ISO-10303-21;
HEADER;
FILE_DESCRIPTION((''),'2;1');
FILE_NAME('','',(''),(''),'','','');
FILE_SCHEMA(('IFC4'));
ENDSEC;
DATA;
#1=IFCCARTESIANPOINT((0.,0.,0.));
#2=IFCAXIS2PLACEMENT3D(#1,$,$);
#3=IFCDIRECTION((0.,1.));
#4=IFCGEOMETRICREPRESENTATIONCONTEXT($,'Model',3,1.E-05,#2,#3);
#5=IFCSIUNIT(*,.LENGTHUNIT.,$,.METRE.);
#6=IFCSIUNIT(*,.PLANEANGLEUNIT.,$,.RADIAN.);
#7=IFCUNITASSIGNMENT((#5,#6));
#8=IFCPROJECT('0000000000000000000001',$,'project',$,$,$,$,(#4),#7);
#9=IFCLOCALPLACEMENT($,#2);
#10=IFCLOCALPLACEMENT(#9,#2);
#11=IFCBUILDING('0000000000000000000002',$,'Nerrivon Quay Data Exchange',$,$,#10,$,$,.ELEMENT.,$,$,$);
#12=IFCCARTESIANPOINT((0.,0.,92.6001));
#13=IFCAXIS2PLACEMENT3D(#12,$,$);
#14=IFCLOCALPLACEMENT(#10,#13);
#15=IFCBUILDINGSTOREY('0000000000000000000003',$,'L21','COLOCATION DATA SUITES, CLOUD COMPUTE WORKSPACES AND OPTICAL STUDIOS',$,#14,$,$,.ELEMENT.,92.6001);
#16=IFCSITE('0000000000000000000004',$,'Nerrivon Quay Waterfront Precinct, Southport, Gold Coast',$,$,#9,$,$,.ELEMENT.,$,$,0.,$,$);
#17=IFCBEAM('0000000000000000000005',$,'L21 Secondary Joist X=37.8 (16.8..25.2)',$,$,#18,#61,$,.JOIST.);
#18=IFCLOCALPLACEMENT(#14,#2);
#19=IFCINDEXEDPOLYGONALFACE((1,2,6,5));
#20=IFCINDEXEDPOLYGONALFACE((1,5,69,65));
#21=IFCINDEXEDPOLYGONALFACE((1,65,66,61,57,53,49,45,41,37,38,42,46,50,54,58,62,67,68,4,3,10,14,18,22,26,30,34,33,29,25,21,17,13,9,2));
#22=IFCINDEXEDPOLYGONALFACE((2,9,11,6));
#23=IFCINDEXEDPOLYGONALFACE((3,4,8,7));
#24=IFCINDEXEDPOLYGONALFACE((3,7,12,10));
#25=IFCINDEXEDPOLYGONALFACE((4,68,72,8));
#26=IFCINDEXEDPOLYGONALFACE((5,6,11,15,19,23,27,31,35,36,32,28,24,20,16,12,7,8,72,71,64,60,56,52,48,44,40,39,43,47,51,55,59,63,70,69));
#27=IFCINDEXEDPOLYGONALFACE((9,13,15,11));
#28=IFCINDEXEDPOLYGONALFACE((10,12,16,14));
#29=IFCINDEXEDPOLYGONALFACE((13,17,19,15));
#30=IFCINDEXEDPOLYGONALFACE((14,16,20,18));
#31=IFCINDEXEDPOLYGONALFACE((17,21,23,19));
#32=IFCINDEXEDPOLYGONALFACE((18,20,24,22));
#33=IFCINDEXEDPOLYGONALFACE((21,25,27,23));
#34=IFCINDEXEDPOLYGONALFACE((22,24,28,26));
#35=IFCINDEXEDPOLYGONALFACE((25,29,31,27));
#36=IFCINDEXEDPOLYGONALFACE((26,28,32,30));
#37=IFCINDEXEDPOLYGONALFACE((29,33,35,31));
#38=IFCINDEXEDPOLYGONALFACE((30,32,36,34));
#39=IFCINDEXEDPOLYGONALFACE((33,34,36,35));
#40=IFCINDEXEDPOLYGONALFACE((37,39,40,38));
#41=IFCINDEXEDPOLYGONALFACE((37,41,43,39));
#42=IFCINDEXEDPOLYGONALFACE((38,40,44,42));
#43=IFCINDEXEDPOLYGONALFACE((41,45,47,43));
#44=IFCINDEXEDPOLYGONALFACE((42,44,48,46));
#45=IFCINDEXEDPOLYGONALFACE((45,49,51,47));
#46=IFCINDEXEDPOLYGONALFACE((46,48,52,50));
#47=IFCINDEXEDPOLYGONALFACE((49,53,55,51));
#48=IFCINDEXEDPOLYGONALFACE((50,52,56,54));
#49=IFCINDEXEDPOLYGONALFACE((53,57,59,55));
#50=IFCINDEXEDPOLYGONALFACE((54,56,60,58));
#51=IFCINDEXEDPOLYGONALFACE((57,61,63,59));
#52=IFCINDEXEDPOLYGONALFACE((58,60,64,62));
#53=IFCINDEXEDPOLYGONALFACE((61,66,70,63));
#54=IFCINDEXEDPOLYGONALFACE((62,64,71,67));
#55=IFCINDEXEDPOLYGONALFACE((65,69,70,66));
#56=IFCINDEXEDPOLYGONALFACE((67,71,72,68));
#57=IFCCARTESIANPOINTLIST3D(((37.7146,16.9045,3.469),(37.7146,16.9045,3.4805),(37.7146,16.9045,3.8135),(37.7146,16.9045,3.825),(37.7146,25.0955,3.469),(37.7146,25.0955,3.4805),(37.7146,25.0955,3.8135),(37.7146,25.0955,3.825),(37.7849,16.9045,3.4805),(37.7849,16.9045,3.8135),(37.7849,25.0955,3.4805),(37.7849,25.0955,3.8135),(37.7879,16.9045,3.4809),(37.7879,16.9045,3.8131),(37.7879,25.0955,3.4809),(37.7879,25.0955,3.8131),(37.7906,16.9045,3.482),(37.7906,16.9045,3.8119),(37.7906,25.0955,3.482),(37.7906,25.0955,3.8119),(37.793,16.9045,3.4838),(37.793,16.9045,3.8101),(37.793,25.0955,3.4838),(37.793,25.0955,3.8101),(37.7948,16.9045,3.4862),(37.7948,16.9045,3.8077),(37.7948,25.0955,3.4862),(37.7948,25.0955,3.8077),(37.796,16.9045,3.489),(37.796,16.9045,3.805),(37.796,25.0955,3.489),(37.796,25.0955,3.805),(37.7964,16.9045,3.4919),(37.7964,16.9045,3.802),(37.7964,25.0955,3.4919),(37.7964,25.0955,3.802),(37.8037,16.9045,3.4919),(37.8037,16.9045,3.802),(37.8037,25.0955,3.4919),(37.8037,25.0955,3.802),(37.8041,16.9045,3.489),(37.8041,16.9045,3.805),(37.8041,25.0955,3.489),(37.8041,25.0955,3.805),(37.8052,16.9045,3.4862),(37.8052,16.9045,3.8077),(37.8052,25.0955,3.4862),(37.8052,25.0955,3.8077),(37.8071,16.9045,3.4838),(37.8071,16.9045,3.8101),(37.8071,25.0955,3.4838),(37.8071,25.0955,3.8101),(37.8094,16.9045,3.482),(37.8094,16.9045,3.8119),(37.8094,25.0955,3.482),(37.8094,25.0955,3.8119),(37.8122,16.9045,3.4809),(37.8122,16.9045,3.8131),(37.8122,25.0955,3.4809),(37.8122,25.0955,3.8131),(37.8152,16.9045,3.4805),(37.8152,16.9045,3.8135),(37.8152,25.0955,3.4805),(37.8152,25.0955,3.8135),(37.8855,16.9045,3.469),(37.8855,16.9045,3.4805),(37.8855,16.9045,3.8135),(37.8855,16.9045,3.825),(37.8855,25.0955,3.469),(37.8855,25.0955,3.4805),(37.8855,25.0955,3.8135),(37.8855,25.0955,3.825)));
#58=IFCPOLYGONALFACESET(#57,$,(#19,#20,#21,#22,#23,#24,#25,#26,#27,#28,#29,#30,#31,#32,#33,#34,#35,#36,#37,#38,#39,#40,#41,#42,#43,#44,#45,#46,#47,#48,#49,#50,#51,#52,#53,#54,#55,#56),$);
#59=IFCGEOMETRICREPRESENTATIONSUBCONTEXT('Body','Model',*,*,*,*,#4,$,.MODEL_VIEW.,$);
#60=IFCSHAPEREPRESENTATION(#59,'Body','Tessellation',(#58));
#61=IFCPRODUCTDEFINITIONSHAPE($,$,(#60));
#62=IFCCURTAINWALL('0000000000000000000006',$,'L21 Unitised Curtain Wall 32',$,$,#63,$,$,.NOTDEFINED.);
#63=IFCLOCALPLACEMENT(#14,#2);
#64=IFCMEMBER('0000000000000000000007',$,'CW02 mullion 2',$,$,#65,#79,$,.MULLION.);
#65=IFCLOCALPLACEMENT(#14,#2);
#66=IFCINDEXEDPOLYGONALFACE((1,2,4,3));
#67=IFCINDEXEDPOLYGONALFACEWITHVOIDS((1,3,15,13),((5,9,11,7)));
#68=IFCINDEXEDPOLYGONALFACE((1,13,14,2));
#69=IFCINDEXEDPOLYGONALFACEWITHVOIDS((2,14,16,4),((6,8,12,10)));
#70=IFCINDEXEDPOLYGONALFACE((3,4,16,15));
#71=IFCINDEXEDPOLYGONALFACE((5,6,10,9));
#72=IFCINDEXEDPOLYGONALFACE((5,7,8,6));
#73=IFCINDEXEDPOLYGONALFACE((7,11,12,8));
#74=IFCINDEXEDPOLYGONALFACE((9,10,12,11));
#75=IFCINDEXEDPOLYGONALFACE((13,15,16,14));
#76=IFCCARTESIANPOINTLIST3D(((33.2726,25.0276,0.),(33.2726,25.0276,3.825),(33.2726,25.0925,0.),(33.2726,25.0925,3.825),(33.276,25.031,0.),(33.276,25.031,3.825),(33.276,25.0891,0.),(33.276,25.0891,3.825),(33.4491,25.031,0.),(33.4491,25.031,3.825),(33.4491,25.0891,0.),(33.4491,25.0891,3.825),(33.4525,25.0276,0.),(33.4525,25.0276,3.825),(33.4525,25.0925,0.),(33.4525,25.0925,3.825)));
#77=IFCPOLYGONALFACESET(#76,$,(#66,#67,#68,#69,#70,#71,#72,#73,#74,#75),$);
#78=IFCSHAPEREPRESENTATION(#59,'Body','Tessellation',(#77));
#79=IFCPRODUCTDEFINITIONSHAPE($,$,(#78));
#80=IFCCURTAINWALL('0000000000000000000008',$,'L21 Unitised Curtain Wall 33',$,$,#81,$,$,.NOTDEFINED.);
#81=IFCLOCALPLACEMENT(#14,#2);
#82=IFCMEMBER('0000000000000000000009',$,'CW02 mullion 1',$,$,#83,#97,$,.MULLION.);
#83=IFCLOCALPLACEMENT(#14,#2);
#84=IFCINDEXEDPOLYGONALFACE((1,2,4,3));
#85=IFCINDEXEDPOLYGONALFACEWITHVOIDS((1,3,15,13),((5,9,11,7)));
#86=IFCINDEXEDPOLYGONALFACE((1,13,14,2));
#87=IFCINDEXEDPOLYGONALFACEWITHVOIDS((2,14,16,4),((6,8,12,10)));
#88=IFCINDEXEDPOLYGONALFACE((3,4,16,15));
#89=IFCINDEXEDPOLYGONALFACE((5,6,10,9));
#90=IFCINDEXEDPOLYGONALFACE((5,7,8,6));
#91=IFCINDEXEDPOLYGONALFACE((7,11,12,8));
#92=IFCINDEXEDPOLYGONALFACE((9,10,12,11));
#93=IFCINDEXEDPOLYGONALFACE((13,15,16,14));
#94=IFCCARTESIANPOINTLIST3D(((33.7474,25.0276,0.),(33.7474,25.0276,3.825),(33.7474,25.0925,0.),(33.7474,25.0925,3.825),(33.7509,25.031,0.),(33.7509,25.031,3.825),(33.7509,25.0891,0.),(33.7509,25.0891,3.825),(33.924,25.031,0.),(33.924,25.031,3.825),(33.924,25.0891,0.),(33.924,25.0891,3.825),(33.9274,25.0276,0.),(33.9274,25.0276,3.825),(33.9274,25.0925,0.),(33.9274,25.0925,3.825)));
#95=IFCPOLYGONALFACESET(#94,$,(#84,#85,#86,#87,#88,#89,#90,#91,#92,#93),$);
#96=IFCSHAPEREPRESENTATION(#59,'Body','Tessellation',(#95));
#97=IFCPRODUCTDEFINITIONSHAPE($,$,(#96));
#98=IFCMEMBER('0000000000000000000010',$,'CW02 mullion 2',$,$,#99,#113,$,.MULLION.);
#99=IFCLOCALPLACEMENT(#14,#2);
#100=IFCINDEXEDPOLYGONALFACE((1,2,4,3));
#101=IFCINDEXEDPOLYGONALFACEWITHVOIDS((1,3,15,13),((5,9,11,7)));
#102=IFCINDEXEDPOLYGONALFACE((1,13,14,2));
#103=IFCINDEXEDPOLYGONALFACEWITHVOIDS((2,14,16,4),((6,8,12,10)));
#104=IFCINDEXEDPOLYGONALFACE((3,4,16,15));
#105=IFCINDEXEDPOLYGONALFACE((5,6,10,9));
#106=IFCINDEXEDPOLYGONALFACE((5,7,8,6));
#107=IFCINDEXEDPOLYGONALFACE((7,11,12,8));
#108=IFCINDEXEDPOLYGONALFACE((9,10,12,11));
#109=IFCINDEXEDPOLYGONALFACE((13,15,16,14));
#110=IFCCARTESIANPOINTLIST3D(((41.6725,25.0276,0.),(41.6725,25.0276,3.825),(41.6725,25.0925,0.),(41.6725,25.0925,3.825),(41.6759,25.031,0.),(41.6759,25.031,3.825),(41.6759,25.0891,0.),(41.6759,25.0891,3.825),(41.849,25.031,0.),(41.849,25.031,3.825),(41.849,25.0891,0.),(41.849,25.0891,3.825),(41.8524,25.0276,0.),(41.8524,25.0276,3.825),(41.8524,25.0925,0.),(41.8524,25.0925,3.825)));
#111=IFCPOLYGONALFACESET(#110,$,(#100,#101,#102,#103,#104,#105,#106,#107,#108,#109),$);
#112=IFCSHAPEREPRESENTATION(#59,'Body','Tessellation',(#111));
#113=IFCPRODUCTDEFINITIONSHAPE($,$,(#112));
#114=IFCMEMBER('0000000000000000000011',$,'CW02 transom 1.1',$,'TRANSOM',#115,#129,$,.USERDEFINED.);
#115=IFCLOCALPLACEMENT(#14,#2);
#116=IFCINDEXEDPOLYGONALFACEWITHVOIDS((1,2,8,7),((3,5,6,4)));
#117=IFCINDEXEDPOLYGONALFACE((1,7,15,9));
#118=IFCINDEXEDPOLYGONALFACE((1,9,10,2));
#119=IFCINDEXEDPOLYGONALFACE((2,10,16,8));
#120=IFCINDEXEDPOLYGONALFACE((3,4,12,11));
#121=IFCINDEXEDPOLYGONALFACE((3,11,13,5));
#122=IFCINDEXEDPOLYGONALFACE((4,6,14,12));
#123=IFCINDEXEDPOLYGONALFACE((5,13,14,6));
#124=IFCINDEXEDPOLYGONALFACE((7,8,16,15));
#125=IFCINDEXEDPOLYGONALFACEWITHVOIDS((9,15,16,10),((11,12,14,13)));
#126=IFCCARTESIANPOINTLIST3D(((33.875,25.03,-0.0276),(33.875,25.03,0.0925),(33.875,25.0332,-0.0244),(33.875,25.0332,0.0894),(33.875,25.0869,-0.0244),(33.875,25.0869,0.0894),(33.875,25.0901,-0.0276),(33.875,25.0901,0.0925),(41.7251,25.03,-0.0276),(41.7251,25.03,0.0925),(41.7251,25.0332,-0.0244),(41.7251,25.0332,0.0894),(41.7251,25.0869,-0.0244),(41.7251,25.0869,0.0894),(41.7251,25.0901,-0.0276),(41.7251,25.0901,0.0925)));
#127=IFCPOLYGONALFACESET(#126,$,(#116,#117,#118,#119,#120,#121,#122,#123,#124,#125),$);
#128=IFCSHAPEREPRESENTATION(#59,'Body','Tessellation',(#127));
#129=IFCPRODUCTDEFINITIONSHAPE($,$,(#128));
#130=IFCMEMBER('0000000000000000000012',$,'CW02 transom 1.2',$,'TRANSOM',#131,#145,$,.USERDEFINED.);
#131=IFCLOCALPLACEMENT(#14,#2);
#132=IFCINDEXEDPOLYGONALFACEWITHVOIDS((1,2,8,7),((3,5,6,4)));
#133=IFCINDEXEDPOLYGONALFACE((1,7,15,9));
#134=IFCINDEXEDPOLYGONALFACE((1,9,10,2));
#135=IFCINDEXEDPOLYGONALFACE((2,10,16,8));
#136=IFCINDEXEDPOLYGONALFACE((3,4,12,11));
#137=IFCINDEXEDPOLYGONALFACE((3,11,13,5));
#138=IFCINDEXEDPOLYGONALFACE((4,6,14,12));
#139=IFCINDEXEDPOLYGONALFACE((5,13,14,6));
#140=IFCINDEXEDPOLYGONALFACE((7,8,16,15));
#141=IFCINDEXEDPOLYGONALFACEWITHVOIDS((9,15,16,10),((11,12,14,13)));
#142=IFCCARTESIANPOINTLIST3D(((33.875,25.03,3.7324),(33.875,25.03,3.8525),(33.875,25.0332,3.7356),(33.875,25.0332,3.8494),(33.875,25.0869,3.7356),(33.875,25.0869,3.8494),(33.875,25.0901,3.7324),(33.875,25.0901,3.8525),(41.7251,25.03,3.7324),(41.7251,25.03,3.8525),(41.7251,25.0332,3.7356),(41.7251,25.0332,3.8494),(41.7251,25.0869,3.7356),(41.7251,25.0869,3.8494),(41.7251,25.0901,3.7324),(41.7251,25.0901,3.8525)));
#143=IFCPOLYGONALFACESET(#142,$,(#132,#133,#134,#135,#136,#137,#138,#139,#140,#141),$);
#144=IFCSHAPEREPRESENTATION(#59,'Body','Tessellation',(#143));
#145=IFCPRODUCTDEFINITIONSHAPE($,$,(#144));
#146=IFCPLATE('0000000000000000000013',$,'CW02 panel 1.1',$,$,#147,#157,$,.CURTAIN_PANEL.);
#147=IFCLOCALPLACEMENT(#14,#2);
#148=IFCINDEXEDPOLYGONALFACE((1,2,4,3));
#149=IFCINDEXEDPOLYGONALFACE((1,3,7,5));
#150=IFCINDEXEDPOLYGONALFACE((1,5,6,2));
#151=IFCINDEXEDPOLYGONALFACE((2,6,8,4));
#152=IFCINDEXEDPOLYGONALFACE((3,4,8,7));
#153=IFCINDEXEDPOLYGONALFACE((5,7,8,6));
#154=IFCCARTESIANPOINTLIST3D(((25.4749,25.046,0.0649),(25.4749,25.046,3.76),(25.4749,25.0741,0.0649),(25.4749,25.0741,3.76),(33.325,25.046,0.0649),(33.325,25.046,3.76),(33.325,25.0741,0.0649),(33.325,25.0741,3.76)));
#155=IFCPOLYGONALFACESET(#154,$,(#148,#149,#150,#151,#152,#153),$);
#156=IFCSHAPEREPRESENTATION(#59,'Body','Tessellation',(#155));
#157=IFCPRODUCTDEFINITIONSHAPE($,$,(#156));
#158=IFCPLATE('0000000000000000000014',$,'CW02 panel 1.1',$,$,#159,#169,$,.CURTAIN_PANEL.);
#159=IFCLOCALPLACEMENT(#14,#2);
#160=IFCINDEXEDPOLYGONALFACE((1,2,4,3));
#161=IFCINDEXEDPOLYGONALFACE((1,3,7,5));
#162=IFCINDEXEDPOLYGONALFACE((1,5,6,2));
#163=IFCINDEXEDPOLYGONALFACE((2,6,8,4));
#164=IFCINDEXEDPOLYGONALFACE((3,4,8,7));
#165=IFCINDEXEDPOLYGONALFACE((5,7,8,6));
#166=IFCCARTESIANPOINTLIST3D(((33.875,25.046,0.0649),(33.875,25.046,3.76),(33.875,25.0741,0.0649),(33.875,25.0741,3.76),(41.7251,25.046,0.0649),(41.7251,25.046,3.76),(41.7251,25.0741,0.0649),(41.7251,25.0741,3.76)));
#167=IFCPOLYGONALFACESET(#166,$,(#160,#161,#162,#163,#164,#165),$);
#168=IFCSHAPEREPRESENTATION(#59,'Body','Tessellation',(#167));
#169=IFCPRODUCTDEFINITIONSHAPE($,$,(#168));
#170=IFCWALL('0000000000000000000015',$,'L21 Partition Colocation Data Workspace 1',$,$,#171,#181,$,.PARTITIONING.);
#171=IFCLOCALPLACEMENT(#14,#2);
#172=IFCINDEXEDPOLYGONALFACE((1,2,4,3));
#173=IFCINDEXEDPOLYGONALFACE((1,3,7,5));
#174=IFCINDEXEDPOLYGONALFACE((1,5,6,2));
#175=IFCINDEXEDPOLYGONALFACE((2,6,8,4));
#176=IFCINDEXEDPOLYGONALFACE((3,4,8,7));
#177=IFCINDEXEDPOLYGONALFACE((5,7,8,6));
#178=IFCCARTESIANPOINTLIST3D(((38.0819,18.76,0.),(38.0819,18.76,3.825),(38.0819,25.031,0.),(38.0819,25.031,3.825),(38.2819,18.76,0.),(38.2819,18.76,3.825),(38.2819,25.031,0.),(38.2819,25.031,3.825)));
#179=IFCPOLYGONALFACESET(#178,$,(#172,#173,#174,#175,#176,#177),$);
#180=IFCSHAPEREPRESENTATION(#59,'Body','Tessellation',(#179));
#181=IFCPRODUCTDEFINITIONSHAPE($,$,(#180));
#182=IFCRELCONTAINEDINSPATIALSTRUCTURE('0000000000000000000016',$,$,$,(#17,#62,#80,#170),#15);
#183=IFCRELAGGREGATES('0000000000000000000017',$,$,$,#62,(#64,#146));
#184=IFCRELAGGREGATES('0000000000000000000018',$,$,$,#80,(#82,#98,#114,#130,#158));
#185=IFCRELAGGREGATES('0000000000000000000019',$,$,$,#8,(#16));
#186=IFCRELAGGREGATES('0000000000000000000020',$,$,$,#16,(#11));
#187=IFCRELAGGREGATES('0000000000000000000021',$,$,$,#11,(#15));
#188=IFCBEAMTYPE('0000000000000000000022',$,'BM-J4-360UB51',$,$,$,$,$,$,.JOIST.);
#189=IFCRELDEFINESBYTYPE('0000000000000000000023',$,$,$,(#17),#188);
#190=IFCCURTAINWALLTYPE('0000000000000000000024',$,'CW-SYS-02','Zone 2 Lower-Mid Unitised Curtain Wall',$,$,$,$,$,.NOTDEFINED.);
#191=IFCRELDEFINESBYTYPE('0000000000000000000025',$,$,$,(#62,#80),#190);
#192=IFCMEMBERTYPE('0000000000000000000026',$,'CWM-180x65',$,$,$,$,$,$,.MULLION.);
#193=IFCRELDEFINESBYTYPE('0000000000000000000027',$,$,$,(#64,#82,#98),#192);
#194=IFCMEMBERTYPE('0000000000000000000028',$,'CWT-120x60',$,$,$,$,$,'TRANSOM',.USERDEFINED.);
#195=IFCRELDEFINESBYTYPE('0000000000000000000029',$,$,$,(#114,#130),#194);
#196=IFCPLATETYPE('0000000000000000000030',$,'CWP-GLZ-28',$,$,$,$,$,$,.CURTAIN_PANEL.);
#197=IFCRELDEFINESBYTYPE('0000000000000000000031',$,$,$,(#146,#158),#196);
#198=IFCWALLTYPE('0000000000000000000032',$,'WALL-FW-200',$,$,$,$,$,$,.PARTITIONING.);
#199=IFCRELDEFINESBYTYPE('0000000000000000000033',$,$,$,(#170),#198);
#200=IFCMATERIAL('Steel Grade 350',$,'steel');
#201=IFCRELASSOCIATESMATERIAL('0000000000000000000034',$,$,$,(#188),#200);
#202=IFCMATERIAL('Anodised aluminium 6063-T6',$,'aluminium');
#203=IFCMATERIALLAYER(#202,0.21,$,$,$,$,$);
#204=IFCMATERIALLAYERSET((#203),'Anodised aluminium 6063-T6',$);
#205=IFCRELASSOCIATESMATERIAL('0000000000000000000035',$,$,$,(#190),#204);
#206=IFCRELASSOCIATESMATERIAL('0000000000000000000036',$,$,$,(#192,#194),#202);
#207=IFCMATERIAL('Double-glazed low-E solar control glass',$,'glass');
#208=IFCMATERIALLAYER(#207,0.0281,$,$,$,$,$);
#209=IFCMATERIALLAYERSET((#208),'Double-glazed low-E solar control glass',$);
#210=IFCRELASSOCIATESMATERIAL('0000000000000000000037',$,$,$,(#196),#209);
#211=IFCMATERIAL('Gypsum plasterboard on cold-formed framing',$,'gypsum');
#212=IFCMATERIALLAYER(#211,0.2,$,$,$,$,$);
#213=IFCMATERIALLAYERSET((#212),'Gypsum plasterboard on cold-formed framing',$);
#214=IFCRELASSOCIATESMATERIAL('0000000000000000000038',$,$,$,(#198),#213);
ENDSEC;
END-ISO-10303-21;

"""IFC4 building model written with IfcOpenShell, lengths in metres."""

from ifc_helpers import new_model, si_unit, direction, frame, frame_2d, origin, origin_2d, place, context, subcontext, project, spatial, rectangle, hollow_rectangle, i_section, extrude, material, layer, layer_set, material_profile, profile_set, type_object, element, aggregate, save


model = new_model("IFC4")

# Units and contexts
model_context = context("Model", 3, precision=1e-05, world=origin(), true_north=direction((0.0, 1.0)))
body_context = subcontext(model_context, "Body", "Model", "MODEL_VIEW")
ifc_project = project(units=[si_unit("LENGTHUNIT", "METRE"), si_unit("PLANEANGLEUNIT", "RADIAN")], contexts=[model_context])

# Site, building, storey
site_placement = place(None, origin())
site = spatial("IfcSite", under=ifc_project, at=site_placement, Name="Nerrivon Quay Waterfront Precinct, Southport, Gold Coast", CompositionType="ELEMENT", RefElevation=0.0)
building_placement = place(site_placement, origin())
building = spatial("IfcBuilding", under=site, at=building_placement, Name="Nerrivon Quay Data Exchange", CompositionType="ELEMENT")
storey_placement = place(building_placement, frame((0.0, 0.0, 92.6001)))
storey = spatial("IfcBuildingStorey", under=building, at=storey_placement, Name="L21", Description="COLOCATION DATA SUITES, CLOUD COMPUTE WORKSPACES AND OPTICAL STUDIOS", CompositionType="ELEMENT", Elevation=92.6001)

# Shared definitions
ifc_material_1 = material(Name="Steel Grade 350", Category="steel")

# Beam
ifc_material_profile_1 = material_profile(ifc_material_1, i_section(OverallWidth=0.1709, OverallDepth=0.356, WebThickness=0.0073, FlangeThickness=0.0115, FilletRadius=0.0115, at=origin_2d()), Name="360UB50.7")
ifc_profile_set_1 = profile_set([ifc_material_profile_1], Name="Steel Grade 350")
beam_type_1 = type_object("IfcBeamType", Name="BM-J4-360UB51", PredefinedType="JOIST", material=ifc_profile_set_1)
for number, where, z_axis, x_axis, name in (
    (1, (37.8, 16.9045, 3.647), (0.0, 1.0, 0.0), (-1.0, 0.0, 0.0), "L21 Secondary Joist X=37.8 (16.8..25.2)"),
):
    element("IfcBeam", number, at=place(storey_placement, frame(where, z_axis=z_axis, x_axis=x_axis)), inside=storey, type_object=beam_type_1, Name=name, PredefinedType="JOIST", context=body_context, shape_type="SweptSolid", body=[
        extrude(i_section(OverallWidth=0.1709, OverallDepth=0.356, WebThickness=0.0073, FlangeThickness=0.0115, FilletRadius=0.0115, at=origin_2d()), origin(), (0.0, 0.0, 1.0), 8.1909),
    ])

# Curtain wall, member
ifc_material_2 = material(Name="Anodised aluminium 6063-T6", Category="aluminium")
ifc_layer_1 = layer(ifc_material_2, 0.21)
ifc_layer_set_1 = layer_set([ifc_layer_1], Name="Anodised aluminium 6063-T6")
curtain_wall_type = type_object("IfcCurtainWallType", Name="CW-SYS-02", Description="Zone 2 Lower-Mid Unitised Curtain Wall", PredefinedType="NOTDEFINED", material=ifc_layer_set_1)
curtain_wall_1_placement = place(storey_placement, origin())
curtain_wall_1 = element("IfcCurtainWall", 2, at=curtain_wall_1_placement, inside=storey, type_object=curtain_wall_type, Name="L21 Unitised Curtain Wall 32", PredefinedType="NOTDEFINED")
ifc_material_profile_2 = material_profile(ifc_material_2, hollow_rectangle(XDim=0.0649, YDim=0.1799, WallThickness=0.0034, at=origin_2d()), Name="ALU-MULL-180x65")
ifc_profile_set_2 = profile_set([ifc_material_profile_2], Name="Anodised aluminium 6063-T6")
member_type_1 = type_object("IfcMemberType", Name="CWM-180x65", PredefinedType="MULLION", material=ifc_profile_set_2)
member_1_placement = place(storey_placement, frame((33.3625, 25.0601, 0.0), z_axis=(0.0, 0.0, 1.0), x_axis=(0.0, 1.0, 0.0)))
member_1 = element("IfcMember", 3, at=member_1_placement, type_object=member_type_1, Name="CW02 mullion 2", PredefinedType="MULLION", context=body_context, shape_type="SweptSolid", body=[
    extrude(hollow_rectangle(XDim=0.0649, YDim=0.1799, WallThickness=0.0034, at=origin_2d()), origin(), (0.0, 0.0, 1.0), 3.825),
])

# Curtain wall, members
curtain_wall_2_placement = place(storey_placement, origin())
curtain_wall_2 = element("IfcCurtainWall", 4, at=curtain_wall_2_placement, inside=storey, type_object=curtain_wall_type, Name="L21 Unitised Curtain Wall 33", PredefinedType="NOTDEFINED")
member_2_placement = place(storey_placement, frame((33.8374, 25.0601, 0.0), z_axis=(0.0, 0.0, 1.0), x_axis=(0.0, 1.0, 0.0)))
member_2 = element("IfcMember", 5, at=member_2_placement, type_object=member_type_1, Name="CW02 mullion 1", PredefinedType="MULLION", context=body_context, shape_type="SweptSolid", body=[
    extrude(hollow_rectangle(XDim=0.0649, YDim=0.1799, WallThickness=0.0034, at=origin_2d()), origin(), (0.0, 0.0, 1.0), 3.825),
])
member_3_placement = place(storey_placement, frame((41.7625, 25.0601, 0.0), z_axis=(0.0, 0.0, 1.0), x_axis=(0.0, 1.0, 0.0)))
member_3 = element("IfcMember", 6, at=member_3_placement, type_object=member_type_1, Name="CW02 mullion 2", PredefinedType="MULLION", context=body_context, shape_type="SweptSolid", body=[
    extrude(hollow_rectangle(XDim=0.0649, YDim=0.1799, WallThickness=0.0034, at=origin_2d()), origin(), (0.0, 0.0, 1.0), 3.825),
])
ifc_material_profile_3 = material_profile(ifc_material_2, hollow_rectangle(XDim=0.0601, YDim=0.1201, WallThickness=0.0032, at=origin_2d()), Name="ALU-TRAN-120x60")
ifc_profile_set_3 = profile_set([ifc_material_profile_3], Name="Anodised aluminium 6063-T6")
member_type_2 = type_object("IfcMemberType", Name="CWT-120x60", ElementType="TRANSOM", PredefinedType="USERDEFINED", material=ifc_profile_set_3)
member_4_placement = place(storey_placement, frame((33.875, 25.0601, 0.0325), z_axis=(1.0, 0.0, 0.0), x_axis=(0.0, 1.0, 0.0)))
member_4 = element("IfcMember", 7, at=member_4_placement, type_object=member_type_2, Name="CW02 transom 1.1", ObjectType="TRANSOM", PredefinedType="USERDEFINED", context=body_context, shape_type="SweptSolid", body=[
    extrude(hollow_rectangle(XDim=0.0601, YDim=0.1201, WallThickness=0.0032, at=origin_2d()), origin(), (0.0, 0.0, 1.0), 7.8501),
])
member_5_placement = place(storey_placement, frame((33.875, 25.0601, 3.7925), z_axis=(1.0, 0.0, 0.0), x_axis=(0.0, 1.0, 0.0)))
member_5 = element("IfcMember", 8, at=member_5_placement, type_object=member_type_2, Name="CW02 transom 1.2", ObjectType="TRANSOM", PredefinedType="USERDEFINED", context=body_context, shape_type="SweptSolid", body=[
    extrude(hollow_rectangle(XDim=0.0601, YDim=0.1201, WallThickness=0.0032, at=origin_2d()), origin(), (0.0, 0.0, 1.0), 7.8501),
])

# Plates
ifc_material_3 = material(Name="Double-glazed low-E solar control glass", Category="glass")
ifc_layer_2 = layer(ifc_material_3, 0.0281)
ifc_layer_set_2 = layer_set([ifc_layer_2], Name="Double-glazed low-E solar control glass")
plate_type = type_object("IfcPlateType", Name="CWP-GLZ-28", PredefinedType="CURTAIN_PANEL", material=ifc_layer_set_2)
plate_1_placement = place(storey_placement, frame((29.3999, 25.0601, 0.0649), z_axis=(0.0, 0.0, 1.0), x_axis=(1.0, 0.0, 0.0)))
plate_1 = element("IfcPlate", 9, at=plate_1_placement, type_object=plate_type, Name="CW02 panel 1.1", PredefinedType="CURTAIN_PANEL", context=body_context, shape_type="SweptSolid", body=[
    extrude(rectangle(XDim=7.8501, YDim=0.0281, at=origin_2d()), origin(), (0.0, 0.0, 1.0), 3.6951),
])
aggregate(curtain_wall_1, [member_1, plate_1])
plate_2_placement = place(storey_placement, frame((37.8, 25.0601, 0.0649), z_axis=(0.0, 0.0, 1.0), x_axis=(1.0, 0.0, 0.0)))
plate_2 = element("IfcPlate", 10, at=plate_2_placement, type_object=plate_type, Name="CW02 panel 1.1", PredefinedType="CURTAIN_PANEL", context=body_context, shape_type="SweptSolid", body=[
    extrude(rectangle(XDim=7.8501, YDim=0.0281, at=origin_2d()), origin(), (0.0, 0.0, 1.0), 3.6951),
])
aggregate(curtain_wall_2, [member_2, member_3, member_4, member_5, plate_2])

# Wall
ifc_material_4 = material(Name="Gypsum plasterboard on cold-formed framing", Category="gypsum")
ifc_layer_3 = layer(ifc_material_4, 0.2)
ifc_layer_set_3 = layer_set([ifc_layer_3], Name="Gypsum plasterboard on cold-formed framing")
wall_type_1 = type_object("IfcWallType", Name="WALL-FW-200", PredefinedType="PARTITIONING", material=ifc_layer_set_3)
wall_1_placement = place(storey_placement, frame((38.1819, 25.031, 0.0), z_axis=(0.0, 0.0, 1.0), x_axis=(0.0, -1.0, 0.0)))
element("IfcWall", 11, at=wall_1_placement, inside=storey, type_object=wall_type_1, Name="L21 Partition Colocation Data Workspace 1", PredefinedType="PARTITIONING", context=body_context, shape_type="SweptSolid", body=[
    extrude(rectangle(XDim=6.271, YDim=0.2, at=frame_2d((3.1355, 0.0))), origin(), (0.0, 0.0, 1.0), 3.825),
])

save(model, "model.ifc")
